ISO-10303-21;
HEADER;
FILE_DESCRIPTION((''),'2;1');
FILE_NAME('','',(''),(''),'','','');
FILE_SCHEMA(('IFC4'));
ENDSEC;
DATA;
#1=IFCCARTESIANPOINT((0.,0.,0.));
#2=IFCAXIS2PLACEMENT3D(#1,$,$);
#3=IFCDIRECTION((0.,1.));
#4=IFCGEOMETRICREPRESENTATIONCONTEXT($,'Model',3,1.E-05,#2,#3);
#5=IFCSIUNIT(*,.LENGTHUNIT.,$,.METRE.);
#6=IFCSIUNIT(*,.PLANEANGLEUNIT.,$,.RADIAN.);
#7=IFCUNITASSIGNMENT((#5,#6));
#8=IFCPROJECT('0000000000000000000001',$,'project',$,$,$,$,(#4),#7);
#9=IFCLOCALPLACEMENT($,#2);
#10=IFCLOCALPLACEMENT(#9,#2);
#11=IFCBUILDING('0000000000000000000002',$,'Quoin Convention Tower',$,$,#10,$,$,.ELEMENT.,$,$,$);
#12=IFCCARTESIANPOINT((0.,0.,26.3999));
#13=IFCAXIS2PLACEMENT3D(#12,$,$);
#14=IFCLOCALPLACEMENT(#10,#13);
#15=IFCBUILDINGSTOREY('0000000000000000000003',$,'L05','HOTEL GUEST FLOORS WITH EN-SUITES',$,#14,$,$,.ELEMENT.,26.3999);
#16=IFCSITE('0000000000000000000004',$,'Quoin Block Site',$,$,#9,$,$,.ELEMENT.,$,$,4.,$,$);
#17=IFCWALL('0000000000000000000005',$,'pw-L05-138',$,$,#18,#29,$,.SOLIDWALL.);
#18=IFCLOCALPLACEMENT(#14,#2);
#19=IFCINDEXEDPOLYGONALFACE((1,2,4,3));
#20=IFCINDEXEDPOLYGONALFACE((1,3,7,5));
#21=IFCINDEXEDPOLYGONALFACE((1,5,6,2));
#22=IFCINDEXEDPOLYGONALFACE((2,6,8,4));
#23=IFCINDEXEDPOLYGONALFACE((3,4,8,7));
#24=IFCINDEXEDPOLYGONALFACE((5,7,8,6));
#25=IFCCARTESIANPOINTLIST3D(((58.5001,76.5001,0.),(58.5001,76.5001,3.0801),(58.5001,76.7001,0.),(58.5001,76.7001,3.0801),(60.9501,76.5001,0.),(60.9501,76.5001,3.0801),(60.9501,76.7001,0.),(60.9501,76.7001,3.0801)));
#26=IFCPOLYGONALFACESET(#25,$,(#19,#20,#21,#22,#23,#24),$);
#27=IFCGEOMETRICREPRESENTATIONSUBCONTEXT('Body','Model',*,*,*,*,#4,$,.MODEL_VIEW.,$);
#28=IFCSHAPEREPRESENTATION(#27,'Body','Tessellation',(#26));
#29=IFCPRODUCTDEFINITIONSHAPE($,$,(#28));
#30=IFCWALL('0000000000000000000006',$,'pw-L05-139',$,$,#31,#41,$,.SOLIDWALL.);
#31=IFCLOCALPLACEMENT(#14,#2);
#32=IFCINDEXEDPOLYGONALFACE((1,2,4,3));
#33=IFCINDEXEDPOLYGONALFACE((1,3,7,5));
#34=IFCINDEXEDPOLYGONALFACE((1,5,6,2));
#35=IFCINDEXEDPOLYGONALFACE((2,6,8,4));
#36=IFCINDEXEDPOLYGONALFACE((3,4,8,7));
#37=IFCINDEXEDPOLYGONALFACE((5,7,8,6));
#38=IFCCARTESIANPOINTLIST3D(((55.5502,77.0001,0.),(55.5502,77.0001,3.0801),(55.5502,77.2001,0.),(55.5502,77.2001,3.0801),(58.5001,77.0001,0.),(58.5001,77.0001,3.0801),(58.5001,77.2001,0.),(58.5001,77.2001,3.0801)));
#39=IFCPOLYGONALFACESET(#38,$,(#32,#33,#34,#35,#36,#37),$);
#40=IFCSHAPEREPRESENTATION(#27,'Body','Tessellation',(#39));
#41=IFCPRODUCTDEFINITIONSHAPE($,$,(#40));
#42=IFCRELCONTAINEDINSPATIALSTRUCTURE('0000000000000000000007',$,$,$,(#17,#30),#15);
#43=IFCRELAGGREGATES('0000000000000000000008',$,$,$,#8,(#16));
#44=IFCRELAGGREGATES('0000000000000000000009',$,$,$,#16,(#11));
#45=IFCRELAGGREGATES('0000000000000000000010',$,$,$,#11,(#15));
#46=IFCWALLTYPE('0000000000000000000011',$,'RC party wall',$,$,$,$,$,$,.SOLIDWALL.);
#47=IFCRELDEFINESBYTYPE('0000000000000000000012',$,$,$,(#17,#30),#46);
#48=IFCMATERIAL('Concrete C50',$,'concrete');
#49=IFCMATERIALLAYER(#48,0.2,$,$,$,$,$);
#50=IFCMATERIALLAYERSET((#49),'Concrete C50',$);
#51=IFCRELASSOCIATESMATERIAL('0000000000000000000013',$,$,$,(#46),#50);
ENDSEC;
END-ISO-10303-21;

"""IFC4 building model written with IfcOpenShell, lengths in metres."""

from ifc_helpers import new_model, si_unit, direction, frame, frame_2d, origin, place, context, subcontext, project, spatial, rectangle, extrude, material, layer, layer_set, type_object, element, save


model = new_model("IFC4")

# Units and contexts
model_context = context("Model", 3, precision=1e-05, world=origin(), true_north=direction((0.0, 1.0)))
body_context = subcontext(model_context, "Body", "Model", "MODEL_VIEW")
ifc_project = project(units=[si_unit("LENGTHUNIT", "METRE"), si_unit("PLANEANGLEUNIT", "RADIAN")], contexts=[model_context])

# Site, building, storey
site_placement = place(None, origin())
site = spatial("IfcSite", under=ifc_project, at=site_placement, Name="Quoin Block Site", CompositionType="ELEMENT", RefElevation=4.0)
building_placement = place(site_placement, origin())
building = spatial("IfcBuilding", under=site, at=building_placement, Name="Quoin Convention Tower", CompositionType="ELEMENT")
storey_placement = place(building_placement, frame((0.0, 0.0, 26.3999)))
storey = spatial("IfcBuildingStorey", under=building, at=storey_placement, Name="L05", Description="HOTEL GUEST FLOORS WITH EN-SUITES", CompositionType="ELEMENT", Elevation=26.3999)

# Shared definitions
ifc_material_1 = material(Name="Concrete C50", Category="concrete")
ifc_layer = layer(ifc_material_1, 0.2)
ifc_layer_set = layer_set([ifc_layer], Name="Concrete C50")
wall_type = type_object("IfcWallType", Name="RC party wall", PredefinedType="SOLIDWALL", material=ifc_layer_set)

# Walls
wall_1_placement = place(storey_placement, frame((58.5, 76.6001, 0.0), z_axis=(0.0, 0.0, 1.0), x_axis=(1.0, 0.0, 0.0)))
element("IfcWall", 1, at=wall_1_placement, inside=storey, type_object=wall_type, Name="pw-L05-138", PredefinedType="SOLIDWALL", context=body_context, shape_type="SweptSolid", body=[
    extrude(rectangle(XDim=2.45, YDim=0.2, at=frame_2d((1.2251, 0.0))), origin(), (0.0, 0.0, 1.0), 3.0801),
])
wall_2_placement = place(storey_placement, frame((55.55, 77.1001, 0.0), z_axis=(0.0, 0.0, 1.0), x_axis=(1.0, 0.0, 0.0)))
element("IfcWall", 2, at=wall_2_placement, inside=storey, type_object=wall_type, Name="pw-L05-139", PredefinedType="SOLIDWALL", context=body_context, shape_type="SweptSolid", body=[
    extrude(rectangle(XDim=2.95, YDim=0.2, at=frame_2d((1.4751, 0.0))), origin(), (0.0, 0.0, 1.0), 3.0801),
])

save(model, "model.ifc")
